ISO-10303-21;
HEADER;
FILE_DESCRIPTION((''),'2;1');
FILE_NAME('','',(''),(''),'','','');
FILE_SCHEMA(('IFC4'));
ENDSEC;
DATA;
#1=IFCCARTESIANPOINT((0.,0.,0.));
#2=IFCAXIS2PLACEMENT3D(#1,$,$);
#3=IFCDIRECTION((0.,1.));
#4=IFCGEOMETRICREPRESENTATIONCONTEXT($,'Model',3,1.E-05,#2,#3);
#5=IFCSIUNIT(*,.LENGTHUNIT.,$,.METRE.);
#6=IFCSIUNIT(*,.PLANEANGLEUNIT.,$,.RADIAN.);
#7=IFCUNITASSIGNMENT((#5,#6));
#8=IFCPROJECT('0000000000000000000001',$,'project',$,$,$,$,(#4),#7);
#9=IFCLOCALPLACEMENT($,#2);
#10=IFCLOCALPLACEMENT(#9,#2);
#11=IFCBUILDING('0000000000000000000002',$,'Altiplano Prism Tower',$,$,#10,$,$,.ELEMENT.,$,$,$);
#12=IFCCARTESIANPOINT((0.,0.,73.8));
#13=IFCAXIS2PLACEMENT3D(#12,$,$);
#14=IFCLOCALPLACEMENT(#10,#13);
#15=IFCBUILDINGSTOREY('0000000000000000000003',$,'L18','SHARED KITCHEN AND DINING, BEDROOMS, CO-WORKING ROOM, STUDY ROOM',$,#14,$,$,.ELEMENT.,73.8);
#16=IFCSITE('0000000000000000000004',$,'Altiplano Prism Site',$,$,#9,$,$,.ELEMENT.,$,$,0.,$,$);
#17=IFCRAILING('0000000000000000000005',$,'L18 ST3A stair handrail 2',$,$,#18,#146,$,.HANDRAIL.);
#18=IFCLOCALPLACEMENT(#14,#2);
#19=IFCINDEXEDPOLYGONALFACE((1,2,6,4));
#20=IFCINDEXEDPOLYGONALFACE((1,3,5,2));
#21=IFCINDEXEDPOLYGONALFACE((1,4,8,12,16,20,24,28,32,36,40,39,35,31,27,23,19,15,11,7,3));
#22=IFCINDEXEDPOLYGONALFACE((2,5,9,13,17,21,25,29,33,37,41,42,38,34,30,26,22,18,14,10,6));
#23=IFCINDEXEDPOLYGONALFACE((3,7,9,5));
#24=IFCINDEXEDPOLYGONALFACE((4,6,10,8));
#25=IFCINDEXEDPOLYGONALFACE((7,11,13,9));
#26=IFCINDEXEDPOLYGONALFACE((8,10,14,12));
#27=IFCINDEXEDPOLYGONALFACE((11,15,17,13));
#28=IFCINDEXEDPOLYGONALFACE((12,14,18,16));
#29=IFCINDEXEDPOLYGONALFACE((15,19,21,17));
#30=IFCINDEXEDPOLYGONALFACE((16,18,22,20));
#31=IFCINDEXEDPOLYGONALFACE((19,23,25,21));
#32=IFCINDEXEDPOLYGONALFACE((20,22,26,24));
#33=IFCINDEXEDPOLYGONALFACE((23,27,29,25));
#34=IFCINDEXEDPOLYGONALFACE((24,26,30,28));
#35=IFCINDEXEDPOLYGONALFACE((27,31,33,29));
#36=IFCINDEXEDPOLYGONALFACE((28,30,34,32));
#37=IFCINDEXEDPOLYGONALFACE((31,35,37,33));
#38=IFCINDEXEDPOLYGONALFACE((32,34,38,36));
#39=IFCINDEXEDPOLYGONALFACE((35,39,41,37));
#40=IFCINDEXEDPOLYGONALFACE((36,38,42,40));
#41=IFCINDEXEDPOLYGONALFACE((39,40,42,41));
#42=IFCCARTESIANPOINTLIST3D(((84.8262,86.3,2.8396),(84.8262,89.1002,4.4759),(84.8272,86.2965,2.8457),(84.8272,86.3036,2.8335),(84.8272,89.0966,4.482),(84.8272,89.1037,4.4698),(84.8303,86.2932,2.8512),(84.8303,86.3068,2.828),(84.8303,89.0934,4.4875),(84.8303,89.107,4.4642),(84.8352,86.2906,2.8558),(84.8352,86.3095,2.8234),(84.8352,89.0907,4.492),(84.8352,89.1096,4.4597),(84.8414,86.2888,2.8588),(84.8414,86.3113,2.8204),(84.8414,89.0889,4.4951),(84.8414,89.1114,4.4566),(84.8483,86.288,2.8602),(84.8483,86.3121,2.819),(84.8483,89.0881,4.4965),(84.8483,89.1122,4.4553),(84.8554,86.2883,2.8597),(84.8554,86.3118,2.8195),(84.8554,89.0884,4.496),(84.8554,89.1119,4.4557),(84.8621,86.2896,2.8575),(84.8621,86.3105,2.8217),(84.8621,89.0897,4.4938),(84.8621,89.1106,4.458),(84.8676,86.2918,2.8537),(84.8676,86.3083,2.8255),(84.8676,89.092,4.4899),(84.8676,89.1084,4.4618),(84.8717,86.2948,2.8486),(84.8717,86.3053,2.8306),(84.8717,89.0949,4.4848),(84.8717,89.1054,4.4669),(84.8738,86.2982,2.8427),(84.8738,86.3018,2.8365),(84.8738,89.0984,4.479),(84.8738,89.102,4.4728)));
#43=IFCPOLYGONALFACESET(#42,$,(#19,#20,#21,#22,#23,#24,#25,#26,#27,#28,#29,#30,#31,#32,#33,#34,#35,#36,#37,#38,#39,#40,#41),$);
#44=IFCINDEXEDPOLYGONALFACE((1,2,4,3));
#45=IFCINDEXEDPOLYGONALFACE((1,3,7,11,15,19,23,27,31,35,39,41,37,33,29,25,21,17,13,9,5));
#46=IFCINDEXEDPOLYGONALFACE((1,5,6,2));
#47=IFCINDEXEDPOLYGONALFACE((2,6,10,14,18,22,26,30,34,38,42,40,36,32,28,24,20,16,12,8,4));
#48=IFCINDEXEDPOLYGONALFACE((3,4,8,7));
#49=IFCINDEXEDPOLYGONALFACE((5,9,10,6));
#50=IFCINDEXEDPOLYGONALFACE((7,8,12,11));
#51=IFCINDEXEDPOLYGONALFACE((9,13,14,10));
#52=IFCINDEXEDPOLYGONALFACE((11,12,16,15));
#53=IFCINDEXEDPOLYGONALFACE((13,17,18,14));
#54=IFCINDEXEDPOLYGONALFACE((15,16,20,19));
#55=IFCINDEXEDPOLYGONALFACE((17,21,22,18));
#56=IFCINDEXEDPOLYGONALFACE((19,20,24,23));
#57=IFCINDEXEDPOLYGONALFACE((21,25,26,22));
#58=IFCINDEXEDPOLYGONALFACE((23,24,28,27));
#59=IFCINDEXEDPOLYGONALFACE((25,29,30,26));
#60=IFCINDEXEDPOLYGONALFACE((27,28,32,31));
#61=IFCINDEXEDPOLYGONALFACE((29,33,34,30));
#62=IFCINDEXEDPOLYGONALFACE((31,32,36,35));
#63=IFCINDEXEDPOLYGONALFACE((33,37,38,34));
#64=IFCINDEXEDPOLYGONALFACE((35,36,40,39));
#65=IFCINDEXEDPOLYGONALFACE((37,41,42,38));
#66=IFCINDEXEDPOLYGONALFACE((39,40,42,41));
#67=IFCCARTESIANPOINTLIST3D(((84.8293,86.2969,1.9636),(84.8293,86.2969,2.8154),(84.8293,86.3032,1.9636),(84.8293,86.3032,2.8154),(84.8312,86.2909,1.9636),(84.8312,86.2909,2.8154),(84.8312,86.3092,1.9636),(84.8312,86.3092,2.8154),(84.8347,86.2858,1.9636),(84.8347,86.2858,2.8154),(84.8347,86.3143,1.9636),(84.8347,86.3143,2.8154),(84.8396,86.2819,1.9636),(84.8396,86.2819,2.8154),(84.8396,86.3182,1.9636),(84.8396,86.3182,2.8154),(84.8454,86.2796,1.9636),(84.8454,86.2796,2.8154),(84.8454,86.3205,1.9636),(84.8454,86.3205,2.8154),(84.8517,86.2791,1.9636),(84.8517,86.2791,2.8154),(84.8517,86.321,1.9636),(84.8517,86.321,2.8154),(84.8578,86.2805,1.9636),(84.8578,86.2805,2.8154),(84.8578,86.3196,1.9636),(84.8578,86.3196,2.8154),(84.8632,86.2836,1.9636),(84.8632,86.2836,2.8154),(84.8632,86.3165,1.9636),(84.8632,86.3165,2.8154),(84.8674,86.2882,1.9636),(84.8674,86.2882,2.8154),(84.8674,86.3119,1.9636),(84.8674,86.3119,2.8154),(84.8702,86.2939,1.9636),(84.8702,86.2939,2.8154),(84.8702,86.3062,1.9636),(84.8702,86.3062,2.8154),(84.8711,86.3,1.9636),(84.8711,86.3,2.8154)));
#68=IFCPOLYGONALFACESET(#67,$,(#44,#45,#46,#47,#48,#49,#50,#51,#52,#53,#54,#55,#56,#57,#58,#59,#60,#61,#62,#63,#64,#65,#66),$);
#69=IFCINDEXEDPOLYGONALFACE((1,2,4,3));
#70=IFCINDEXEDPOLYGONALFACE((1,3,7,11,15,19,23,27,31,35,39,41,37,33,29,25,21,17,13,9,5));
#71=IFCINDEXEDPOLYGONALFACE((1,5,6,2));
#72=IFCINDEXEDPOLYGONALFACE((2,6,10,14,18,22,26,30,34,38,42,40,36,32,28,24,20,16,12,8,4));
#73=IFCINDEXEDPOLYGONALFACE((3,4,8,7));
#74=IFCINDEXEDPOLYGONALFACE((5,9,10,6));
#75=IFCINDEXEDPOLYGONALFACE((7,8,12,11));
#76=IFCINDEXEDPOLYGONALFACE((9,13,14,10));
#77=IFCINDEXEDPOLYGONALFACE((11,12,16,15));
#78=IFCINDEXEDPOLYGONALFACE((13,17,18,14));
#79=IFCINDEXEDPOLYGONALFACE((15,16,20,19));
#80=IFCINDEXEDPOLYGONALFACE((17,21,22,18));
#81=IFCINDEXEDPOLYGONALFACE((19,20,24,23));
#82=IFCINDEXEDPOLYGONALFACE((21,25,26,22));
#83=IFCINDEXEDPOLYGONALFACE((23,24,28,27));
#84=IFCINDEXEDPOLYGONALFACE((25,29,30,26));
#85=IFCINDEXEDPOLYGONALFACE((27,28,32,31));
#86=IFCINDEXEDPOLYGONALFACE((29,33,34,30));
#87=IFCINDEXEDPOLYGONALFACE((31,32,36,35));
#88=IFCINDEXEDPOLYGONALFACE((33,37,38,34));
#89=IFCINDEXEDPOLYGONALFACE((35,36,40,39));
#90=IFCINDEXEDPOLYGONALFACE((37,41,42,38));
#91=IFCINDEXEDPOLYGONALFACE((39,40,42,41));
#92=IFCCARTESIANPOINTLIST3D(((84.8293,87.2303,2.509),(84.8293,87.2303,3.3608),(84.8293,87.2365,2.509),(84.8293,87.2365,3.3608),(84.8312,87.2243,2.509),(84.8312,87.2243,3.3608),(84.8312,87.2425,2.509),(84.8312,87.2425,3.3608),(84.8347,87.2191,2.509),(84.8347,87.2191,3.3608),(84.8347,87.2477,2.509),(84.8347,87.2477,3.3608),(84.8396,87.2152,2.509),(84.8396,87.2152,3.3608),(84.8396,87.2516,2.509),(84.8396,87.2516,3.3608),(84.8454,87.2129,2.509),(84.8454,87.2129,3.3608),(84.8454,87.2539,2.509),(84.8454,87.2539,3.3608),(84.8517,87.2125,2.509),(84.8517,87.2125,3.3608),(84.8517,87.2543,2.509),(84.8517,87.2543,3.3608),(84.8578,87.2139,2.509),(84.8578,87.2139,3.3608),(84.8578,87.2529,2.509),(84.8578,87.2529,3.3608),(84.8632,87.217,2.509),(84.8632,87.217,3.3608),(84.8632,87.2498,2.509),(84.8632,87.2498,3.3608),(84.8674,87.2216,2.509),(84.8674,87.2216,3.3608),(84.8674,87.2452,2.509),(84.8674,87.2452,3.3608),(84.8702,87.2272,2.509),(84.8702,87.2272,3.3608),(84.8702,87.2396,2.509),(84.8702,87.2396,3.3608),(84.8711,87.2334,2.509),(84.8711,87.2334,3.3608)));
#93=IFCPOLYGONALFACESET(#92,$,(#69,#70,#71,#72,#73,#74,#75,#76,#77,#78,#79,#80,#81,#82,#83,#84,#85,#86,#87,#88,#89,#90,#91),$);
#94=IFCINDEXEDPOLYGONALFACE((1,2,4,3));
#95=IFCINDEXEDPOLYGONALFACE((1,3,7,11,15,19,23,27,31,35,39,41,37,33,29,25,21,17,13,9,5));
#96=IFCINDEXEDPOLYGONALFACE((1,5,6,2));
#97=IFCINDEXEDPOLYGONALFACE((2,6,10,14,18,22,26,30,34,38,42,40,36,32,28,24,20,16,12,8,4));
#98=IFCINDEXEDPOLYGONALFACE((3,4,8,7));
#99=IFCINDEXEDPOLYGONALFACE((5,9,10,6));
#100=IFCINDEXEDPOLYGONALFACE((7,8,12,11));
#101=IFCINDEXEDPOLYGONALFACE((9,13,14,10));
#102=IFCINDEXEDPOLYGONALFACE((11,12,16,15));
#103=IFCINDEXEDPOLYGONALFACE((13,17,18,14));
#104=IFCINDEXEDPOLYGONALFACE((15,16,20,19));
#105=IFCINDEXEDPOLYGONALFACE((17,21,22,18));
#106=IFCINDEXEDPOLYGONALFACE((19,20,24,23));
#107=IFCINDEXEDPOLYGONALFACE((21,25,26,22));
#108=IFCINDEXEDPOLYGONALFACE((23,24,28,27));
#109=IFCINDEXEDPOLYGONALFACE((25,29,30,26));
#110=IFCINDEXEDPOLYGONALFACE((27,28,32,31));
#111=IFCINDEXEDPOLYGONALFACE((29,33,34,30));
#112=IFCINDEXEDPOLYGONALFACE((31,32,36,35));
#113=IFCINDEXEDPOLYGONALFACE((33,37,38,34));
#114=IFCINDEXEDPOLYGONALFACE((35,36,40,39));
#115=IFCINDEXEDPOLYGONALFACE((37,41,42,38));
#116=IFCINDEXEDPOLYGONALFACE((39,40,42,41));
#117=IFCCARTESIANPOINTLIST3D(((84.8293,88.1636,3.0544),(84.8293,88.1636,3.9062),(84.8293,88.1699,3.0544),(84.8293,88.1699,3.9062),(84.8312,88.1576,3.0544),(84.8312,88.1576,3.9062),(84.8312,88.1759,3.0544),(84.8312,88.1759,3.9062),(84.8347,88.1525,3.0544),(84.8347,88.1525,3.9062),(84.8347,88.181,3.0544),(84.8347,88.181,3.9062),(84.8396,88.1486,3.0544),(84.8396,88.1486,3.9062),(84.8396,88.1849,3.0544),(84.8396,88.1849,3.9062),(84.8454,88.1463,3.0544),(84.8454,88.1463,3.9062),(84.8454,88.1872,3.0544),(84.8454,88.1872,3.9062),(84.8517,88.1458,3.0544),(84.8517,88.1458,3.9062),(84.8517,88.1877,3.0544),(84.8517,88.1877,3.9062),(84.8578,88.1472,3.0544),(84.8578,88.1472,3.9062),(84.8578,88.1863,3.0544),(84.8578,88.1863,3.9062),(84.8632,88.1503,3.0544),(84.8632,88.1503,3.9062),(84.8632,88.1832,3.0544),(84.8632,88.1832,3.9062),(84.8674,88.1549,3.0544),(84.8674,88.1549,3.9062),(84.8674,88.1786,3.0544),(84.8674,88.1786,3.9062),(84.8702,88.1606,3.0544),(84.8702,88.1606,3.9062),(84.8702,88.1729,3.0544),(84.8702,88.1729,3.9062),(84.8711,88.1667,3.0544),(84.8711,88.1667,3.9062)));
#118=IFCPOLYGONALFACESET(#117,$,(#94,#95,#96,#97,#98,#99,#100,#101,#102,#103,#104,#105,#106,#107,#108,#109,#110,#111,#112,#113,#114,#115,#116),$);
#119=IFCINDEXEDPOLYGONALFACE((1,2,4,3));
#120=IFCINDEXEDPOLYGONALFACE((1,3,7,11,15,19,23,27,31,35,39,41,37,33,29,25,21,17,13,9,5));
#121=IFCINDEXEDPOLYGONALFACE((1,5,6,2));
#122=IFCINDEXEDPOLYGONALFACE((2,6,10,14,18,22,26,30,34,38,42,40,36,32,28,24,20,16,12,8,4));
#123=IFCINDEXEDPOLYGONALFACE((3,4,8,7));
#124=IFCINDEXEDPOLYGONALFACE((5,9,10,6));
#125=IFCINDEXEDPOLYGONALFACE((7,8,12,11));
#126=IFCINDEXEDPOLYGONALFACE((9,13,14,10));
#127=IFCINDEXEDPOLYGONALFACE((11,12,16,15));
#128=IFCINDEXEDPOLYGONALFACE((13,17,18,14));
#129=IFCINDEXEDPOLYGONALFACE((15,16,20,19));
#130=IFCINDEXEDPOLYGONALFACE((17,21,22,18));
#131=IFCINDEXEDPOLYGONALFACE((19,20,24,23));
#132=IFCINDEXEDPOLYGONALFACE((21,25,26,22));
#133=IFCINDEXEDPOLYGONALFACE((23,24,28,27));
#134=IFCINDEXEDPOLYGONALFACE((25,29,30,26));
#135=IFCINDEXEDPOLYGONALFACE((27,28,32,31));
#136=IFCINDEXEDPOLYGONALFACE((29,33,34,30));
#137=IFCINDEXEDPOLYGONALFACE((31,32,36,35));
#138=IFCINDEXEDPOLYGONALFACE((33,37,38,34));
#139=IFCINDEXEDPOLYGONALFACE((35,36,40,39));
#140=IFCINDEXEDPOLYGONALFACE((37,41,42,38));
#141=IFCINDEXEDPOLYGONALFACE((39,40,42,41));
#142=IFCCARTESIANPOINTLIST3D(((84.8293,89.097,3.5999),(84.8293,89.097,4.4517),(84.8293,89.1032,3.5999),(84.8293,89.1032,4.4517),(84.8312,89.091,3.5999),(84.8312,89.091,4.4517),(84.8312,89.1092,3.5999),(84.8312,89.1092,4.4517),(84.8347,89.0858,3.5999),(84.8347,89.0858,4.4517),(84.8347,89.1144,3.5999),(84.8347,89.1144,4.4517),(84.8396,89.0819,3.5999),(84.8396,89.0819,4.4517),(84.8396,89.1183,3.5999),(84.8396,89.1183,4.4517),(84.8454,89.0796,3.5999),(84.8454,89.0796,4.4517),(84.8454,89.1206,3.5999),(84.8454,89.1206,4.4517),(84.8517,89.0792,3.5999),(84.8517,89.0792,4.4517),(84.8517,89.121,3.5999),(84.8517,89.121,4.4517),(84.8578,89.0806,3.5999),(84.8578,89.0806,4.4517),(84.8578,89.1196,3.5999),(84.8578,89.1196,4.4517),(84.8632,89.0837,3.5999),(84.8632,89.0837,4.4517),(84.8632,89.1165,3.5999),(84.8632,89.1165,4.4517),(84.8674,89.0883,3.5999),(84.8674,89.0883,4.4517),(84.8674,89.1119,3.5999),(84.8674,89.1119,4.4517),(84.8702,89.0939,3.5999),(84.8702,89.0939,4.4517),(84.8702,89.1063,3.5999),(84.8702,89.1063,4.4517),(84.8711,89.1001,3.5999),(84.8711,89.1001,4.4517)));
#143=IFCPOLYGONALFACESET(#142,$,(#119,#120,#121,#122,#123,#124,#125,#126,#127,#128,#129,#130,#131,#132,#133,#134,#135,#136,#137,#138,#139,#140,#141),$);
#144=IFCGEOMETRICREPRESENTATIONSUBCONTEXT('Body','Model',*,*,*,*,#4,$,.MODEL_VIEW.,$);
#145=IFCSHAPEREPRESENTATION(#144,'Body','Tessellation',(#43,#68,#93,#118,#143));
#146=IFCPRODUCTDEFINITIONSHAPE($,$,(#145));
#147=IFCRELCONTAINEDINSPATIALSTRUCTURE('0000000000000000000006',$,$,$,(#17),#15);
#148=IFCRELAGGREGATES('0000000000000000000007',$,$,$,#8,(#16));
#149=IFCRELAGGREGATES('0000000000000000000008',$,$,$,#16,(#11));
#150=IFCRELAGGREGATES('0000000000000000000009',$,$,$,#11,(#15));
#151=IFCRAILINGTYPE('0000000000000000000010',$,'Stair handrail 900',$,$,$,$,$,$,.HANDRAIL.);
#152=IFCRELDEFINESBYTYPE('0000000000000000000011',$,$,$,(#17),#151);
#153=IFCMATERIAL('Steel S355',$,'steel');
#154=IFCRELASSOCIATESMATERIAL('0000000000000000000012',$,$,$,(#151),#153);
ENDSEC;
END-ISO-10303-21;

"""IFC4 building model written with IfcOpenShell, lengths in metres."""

from ifc_helpers import new_model, si_unit, direction, frame, origin, origin_2d, place, context, subcontext, project, spatial, circle, extrude, material, type_object, element, save


model = new_model("IFC4")

# Units and contexts
model_context = context("Model", 3, precision=1e-05, world=origin(), true_north=direction((0.0, 1.0)))
body_context = subcontext(model_context, "Body", "Model", "MODEL_VIEW")
ifc_project = project(units=[si_unit("LENGTHUNIT", "METRE"), si_unit("PLANEANGLEUNIT", "RADIAN")], contexts=[model_context])

# Site, building, storey
site_placement = place(None, origin())
site = spatial("IfcSite", under=ifc_project, at=site_placement, Name="Altiplano Prism Site", CompositionType="ELEMENT", RefElevation=0.0)
building_placement = place(site_placement, origin())
building = spatial("IfcBuilding", under=site, at=building_placement, Name="Altiplano Prism Tower", CompositionType="ELEMENT")
storey_placement = place(building_placement, frame((0.0, 0.0, 73.8)))
storey = spatial("IfcBuildingStorey", under=building, at=storey_placement, Name="L18", Description="SHARED KITCHEN AND DINING, BEDROOMS, CO-WORKING ROOM, STUDY ROOM", CompositionType="ELEMENT", Elevation=73.8)

# Railing
ifc_material_1 = material(Name="Steel S355", Category="steel")
railing_type = type_object("IfcRailingType", Name="Stair handrail 900", PredefinedType="HANDRAIL", material=ifc_material_1)
for number, where, name in (
    (1, (84.8501, 86.3, 1.9636), "L18 ST3A stair handrail 2"),
):
    element("IfcRailing", number, at=place(storey_placement, frame(where)), inside=storey, type_object=railing_type, Name=name, PredefinedType="HANDRAIL", context=body_context, shape_type="SweptSolid", body=[
        extrude(circle(Radius=0.0239, at=origin_2d()), frame((0.0, 0.0, 0.876), z_axis=(0.0, 0.863394, 0.504531), x_axis=(-1.0, 0.0, 0.0)), (0.0, 0.0, 1.0), 3.2432),
        extrude(circle(Radius=0.021, at=origin_2d()), origin(), (0.0, 0.0, 1.0), 0.8518),
        extrude(circle(Radius=0.021, at=origin_2d()), frame((0.0, 0.9333, 0.5454)), (0.0, 0.0, 1.0), 0.8518),
        extrude(circle(Radius=0.021, at=origin_2d()), frame((0.0, 1.8667, 1.0908)), (0.0, 0.0, 1.0), 0.8518),
        extrude(circle(Radius=0.021, at=origin_2d()), frame((0.0, 2.8, 1.6362)), (0.0, 0.0, 1.0), 0.8518),
    ])

save(model, "model.ifc")
